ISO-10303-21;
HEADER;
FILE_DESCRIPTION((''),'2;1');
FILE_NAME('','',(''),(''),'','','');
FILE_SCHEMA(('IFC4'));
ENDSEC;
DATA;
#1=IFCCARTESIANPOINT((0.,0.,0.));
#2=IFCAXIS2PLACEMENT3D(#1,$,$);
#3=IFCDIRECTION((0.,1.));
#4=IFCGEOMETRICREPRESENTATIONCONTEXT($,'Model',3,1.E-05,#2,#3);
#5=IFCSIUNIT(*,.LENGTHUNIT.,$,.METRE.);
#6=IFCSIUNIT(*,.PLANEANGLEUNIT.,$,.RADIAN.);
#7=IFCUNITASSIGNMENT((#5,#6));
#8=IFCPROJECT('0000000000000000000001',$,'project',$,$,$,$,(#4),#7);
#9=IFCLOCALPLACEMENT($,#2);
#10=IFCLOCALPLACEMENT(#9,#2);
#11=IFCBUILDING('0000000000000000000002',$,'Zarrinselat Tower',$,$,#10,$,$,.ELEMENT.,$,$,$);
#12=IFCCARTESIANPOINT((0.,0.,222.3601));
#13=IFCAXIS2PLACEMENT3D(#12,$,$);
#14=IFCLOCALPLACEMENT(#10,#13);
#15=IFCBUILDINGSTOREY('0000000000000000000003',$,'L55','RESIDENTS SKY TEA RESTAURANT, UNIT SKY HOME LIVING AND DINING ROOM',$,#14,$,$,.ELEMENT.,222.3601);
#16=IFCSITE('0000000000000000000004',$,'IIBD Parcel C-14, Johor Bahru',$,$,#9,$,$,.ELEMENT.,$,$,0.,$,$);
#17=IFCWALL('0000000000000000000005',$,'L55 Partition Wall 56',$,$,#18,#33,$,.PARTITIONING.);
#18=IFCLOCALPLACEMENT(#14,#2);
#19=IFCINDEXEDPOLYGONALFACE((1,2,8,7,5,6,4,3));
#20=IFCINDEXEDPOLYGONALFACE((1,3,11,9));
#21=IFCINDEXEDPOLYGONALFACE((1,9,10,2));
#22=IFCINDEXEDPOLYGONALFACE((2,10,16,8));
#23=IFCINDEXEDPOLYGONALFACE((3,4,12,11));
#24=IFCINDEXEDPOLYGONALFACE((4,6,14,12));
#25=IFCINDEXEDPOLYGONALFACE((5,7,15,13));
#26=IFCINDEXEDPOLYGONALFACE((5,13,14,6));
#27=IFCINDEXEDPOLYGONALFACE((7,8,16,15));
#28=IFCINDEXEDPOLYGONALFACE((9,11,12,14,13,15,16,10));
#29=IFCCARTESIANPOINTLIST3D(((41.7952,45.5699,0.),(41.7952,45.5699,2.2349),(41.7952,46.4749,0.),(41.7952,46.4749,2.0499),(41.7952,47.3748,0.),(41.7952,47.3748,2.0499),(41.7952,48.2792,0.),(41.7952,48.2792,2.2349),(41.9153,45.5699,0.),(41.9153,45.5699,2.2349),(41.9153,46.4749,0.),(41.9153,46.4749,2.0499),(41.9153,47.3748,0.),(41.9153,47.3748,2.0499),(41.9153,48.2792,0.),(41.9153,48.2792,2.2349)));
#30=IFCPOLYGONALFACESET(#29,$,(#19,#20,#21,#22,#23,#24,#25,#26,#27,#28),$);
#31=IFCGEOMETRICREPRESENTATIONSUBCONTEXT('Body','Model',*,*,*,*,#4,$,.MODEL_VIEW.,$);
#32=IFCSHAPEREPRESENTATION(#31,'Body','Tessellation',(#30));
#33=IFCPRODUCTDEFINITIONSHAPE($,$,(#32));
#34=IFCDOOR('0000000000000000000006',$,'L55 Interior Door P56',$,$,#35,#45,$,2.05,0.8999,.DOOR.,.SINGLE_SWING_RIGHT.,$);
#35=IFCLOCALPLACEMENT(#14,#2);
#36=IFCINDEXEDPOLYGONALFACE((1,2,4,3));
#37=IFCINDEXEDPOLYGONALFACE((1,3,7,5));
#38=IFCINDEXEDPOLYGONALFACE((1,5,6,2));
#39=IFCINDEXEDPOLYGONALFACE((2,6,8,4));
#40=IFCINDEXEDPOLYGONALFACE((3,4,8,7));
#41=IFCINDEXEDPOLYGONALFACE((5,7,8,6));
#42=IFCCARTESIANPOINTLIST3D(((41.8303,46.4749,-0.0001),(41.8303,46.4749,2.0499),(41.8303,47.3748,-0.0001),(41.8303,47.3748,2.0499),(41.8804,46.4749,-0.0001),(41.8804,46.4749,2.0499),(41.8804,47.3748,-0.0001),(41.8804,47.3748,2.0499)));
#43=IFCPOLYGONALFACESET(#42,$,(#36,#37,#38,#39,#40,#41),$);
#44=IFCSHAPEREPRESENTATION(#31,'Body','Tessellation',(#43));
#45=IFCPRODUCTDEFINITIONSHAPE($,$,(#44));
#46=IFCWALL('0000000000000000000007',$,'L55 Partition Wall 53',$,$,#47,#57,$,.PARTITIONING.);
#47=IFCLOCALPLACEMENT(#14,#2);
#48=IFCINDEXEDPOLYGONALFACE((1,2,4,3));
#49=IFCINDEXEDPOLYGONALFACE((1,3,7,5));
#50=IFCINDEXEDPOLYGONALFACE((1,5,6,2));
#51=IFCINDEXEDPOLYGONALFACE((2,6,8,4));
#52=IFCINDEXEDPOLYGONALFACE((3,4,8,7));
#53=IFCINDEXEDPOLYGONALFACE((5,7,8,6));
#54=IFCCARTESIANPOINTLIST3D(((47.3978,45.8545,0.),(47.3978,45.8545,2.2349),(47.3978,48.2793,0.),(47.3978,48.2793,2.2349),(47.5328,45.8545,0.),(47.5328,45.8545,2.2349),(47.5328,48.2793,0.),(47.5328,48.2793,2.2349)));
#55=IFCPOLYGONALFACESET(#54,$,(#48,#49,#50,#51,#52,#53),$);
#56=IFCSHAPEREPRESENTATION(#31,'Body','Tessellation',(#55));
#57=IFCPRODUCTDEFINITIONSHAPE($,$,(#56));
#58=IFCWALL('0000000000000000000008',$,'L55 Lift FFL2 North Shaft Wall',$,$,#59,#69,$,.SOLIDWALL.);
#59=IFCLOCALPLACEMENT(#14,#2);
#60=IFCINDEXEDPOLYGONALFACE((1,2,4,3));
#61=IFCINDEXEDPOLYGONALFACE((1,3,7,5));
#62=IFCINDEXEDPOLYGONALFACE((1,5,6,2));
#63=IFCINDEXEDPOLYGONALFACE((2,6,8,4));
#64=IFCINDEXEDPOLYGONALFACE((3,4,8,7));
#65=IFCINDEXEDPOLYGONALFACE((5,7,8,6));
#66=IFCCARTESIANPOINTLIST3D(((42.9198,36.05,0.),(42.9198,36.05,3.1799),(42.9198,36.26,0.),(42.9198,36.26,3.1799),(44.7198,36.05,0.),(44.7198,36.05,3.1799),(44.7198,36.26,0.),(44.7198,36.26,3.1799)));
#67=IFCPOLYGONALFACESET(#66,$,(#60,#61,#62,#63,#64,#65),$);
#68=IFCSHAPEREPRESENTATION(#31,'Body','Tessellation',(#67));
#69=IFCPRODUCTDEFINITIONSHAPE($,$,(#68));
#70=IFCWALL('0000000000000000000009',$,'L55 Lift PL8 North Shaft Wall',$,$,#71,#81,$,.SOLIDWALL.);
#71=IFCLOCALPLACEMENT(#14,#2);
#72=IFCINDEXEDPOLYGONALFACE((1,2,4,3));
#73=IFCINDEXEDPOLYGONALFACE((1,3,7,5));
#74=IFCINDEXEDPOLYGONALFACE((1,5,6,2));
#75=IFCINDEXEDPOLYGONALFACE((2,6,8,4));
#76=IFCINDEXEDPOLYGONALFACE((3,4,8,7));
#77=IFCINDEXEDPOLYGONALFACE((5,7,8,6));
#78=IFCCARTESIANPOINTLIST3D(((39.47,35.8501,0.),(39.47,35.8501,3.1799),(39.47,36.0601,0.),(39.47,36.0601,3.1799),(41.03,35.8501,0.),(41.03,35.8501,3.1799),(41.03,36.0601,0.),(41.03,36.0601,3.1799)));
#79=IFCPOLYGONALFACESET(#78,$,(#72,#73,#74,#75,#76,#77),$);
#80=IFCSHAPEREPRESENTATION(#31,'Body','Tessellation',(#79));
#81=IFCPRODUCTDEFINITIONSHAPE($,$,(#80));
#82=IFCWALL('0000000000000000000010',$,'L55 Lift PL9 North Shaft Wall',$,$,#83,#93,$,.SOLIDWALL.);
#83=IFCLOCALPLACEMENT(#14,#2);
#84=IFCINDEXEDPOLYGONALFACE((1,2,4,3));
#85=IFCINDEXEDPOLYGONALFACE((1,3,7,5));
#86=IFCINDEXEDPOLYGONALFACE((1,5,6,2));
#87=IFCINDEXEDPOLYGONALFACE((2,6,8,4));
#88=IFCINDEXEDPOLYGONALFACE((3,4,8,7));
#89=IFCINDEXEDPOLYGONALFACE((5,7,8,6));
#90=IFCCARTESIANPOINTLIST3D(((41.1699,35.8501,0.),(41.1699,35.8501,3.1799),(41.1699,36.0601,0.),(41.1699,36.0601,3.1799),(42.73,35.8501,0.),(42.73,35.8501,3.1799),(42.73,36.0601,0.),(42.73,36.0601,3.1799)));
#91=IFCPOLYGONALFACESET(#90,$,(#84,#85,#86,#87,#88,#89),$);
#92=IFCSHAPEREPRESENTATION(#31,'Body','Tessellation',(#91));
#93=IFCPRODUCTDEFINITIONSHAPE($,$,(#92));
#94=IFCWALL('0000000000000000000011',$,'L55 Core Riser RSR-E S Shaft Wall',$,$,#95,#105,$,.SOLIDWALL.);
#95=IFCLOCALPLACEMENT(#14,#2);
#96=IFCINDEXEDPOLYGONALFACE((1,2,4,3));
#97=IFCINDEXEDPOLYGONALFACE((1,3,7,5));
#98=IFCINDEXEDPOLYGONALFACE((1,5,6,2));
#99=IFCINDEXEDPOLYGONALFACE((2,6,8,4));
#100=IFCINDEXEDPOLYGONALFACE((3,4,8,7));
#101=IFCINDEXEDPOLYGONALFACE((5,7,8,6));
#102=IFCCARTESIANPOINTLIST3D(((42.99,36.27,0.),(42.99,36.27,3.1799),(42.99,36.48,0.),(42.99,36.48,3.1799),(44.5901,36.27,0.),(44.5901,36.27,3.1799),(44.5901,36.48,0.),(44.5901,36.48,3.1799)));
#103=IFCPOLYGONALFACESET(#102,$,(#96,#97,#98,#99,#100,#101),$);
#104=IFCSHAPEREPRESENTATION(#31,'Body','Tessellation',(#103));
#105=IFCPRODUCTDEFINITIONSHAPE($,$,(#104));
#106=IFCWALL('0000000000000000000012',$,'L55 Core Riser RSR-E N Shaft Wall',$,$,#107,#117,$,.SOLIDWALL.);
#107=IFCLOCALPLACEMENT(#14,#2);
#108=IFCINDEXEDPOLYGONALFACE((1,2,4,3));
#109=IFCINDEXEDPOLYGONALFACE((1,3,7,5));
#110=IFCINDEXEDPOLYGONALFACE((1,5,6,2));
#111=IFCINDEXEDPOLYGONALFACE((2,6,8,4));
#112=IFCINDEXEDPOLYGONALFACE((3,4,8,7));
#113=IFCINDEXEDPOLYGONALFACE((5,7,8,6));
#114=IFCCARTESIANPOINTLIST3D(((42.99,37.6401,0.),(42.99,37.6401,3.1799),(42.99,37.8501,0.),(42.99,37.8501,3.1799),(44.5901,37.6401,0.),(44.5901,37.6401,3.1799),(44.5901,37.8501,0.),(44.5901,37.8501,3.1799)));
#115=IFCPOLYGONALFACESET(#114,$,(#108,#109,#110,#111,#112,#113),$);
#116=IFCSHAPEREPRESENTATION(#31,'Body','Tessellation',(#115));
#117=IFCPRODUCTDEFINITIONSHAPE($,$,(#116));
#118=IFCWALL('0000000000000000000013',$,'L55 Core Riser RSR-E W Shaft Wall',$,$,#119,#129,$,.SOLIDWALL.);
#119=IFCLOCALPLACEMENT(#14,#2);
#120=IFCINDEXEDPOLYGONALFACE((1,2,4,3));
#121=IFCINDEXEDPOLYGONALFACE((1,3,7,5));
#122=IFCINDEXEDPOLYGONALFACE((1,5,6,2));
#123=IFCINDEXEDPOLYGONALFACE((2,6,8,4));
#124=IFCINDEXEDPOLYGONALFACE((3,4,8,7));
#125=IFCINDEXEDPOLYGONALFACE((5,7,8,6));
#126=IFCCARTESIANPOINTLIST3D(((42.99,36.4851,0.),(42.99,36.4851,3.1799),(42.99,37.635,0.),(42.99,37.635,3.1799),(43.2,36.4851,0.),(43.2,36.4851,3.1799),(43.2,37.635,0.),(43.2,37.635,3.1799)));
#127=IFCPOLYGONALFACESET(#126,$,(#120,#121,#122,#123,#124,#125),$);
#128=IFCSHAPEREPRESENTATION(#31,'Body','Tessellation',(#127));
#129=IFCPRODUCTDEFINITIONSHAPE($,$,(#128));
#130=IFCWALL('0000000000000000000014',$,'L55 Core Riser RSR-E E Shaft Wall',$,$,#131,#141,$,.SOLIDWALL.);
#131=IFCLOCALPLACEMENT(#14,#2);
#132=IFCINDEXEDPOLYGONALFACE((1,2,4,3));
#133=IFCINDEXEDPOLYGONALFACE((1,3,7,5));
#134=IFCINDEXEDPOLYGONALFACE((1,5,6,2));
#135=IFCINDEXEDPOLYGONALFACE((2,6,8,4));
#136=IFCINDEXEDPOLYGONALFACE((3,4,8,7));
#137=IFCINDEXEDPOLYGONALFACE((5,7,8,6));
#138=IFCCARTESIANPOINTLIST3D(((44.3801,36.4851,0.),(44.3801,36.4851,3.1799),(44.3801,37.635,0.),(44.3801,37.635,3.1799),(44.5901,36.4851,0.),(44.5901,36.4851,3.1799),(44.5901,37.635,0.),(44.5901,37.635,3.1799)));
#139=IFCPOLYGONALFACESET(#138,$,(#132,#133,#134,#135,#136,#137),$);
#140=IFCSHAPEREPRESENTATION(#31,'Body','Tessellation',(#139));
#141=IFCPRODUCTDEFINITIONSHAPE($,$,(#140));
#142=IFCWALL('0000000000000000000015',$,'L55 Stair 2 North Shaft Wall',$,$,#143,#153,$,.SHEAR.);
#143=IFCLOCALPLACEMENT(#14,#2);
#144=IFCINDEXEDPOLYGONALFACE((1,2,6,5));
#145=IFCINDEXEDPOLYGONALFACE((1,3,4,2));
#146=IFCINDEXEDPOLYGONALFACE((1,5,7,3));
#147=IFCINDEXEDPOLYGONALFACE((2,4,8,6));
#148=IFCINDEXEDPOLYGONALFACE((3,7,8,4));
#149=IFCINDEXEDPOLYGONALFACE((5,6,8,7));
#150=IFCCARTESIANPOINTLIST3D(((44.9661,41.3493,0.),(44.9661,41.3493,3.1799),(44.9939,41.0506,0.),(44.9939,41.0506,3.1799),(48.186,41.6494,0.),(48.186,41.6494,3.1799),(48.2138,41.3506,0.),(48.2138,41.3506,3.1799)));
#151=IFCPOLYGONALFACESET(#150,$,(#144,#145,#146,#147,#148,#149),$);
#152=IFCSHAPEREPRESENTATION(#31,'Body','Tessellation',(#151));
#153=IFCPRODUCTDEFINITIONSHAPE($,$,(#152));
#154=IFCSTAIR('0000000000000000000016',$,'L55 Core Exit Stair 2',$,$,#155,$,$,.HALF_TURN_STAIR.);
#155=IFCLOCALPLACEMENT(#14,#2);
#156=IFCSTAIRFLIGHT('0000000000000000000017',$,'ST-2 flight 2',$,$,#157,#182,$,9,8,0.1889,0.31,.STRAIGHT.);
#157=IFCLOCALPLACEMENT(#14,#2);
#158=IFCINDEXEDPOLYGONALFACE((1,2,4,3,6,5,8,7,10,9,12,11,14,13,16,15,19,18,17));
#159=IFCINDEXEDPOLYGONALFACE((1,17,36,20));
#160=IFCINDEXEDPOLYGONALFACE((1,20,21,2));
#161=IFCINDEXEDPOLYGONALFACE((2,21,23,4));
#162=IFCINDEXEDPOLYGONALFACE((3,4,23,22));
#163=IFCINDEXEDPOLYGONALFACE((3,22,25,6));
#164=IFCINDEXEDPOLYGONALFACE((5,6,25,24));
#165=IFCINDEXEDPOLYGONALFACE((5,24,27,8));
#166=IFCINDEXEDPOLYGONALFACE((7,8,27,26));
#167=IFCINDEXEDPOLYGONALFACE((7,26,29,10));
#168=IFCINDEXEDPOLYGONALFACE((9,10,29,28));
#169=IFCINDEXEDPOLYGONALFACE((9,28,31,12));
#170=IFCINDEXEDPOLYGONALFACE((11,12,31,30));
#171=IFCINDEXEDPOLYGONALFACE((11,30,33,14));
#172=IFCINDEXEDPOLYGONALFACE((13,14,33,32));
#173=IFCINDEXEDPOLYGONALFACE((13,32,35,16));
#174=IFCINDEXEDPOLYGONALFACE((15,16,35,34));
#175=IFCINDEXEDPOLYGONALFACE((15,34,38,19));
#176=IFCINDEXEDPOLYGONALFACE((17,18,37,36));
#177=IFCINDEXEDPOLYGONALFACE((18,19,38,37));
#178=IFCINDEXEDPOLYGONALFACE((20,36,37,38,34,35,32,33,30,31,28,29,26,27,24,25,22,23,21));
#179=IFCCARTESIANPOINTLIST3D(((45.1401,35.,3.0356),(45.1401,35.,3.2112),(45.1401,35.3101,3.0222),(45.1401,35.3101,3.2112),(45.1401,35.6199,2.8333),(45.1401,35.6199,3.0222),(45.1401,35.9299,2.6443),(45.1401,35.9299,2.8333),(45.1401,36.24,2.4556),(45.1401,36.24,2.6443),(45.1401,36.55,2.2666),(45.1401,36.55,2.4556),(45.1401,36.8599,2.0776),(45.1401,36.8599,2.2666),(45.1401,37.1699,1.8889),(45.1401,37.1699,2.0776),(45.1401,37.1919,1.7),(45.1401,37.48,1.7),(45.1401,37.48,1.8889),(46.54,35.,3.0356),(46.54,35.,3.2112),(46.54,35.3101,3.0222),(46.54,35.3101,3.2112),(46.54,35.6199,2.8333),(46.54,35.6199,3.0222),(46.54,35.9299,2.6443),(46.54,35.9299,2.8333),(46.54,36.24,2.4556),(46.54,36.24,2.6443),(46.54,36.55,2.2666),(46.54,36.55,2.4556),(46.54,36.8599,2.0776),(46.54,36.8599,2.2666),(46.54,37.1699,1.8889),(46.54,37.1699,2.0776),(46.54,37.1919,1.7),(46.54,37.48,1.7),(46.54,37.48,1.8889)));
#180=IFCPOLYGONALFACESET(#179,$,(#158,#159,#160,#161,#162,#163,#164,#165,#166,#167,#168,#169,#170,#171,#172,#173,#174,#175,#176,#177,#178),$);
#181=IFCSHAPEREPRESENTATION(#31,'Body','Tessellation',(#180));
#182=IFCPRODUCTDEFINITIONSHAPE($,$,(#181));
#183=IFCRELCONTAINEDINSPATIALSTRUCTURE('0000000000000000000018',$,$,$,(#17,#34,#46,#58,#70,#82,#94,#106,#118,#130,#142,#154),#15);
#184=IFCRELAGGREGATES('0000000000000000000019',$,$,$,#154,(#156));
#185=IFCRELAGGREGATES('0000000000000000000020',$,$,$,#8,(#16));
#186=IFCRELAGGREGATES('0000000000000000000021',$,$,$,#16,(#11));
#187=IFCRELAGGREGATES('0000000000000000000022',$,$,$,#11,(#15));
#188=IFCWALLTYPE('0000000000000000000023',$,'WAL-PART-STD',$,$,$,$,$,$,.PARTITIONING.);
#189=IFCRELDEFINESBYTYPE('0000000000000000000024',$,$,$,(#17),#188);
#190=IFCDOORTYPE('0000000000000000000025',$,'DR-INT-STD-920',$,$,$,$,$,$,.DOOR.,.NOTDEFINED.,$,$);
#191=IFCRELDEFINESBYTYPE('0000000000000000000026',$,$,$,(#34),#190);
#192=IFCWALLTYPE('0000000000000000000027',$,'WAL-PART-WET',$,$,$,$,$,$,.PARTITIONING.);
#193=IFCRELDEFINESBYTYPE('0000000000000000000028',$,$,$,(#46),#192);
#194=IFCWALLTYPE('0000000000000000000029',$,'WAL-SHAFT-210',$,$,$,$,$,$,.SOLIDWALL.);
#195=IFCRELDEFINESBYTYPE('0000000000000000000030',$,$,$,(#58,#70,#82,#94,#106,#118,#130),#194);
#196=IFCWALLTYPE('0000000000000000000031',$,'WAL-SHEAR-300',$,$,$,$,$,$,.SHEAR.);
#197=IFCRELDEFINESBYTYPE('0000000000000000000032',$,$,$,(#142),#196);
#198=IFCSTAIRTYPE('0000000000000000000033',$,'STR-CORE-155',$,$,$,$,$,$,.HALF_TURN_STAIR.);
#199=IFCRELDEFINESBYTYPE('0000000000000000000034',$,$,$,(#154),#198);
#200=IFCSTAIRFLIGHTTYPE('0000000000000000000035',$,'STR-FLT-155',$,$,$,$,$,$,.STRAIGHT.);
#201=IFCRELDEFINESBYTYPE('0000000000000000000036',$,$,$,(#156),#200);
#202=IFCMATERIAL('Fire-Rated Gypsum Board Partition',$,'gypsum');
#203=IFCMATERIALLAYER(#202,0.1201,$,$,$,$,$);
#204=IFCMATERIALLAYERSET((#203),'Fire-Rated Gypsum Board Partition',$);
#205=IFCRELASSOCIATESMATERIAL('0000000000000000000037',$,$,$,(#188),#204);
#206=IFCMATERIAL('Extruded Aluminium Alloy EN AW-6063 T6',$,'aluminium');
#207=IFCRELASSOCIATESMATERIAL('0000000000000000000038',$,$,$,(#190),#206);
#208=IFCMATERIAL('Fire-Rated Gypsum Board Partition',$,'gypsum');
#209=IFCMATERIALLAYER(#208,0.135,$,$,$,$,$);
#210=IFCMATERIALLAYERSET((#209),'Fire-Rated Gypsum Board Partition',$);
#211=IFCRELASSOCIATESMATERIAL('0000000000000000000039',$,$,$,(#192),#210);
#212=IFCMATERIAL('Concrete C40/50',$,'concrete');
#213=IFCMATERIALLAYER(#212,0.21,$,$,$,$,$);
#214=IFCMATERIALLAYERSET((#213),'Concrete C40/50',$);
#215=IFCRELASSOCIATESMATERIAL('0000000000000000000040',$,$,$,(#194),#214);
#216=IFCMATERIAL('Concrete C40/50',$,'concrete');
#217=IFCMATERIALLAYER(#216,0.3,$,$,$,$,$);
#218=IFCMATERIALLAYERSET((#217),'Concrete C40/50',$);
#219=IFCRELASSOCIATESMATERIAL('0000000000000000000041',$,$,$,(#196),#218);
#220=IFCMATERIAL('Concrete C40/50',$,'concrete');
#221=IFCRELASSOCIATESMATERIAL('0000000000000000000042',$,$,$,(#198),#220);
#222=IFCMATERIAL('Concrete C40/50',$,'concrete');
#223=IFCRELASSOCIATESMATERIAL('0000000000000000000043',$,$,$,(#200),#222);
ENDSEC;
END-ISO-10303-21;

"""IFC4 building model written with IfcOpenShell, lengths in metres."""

from ifc_helpers import new_model, si_unit, direction, frame, frame_2d, origin, place, context, subcontext, project, spatial, polyline, rectangle, outline, extrude, material, layer, layer_set, type_object, element, fill, aggregate, save


model = new_model("IFC4")

# Units and contexts
model_context = context("Model", 3, precision=1e-05, world=origin(), true_north=direction((0.0, 1.0)))
body_context = subcontext(model_context, "Body", "Model", "MODEL_VIEW")
ifc_project = project(units=[si_unit("LENGTHUNIT", "METRE"), si_unit("PLANEANGLEUNIT", "RADIAN")], contexts=[model_context])

# Site, building, storey
site_placement = place(None, origin())
site = spatial("IfcSite", under=ifc_project, at=site_placement, Name="IIBD Parcel C-14, Johor Bahru", CompositionType="ELEMENT", RefElevation=0.0)
building_placement = place(site_placement, origin())
building = spatial("IfcBuilding", under=site, at=building_placement, Name="Zarrinselat Tower", CompositionType="ELEMENT")
storey_placement = place(building_placement, frame((0.0, 0.0, 222.3601)))
storey = spatial("IfcBuildingStorey", under=building, at=storey_placement, Name="L55", Description="RESIDENTS SKY TEA RESTAURANT, UNIT SKY HOME LIVING AND DINING ROOM", CompositionType="ELEMENT", Elevation=222.3601)

# Wall, opening, door
ifc_material_1 = material(Name="Fire-Rated Gypsum Board Partition", Category="gypsum")
ifc_layer_1 = layer(ifc_material_1, 0.1201)
ifc_layer_set_1 = layer_set([ifc_layer_1], Name="Fire-Rated Gypsum Board Partition")
wall_type_1 = type_object("IfcWallType", Name="WAL-PART-STD", PredefinedType="PARTITIONING", material=ifc_layer_set_1)
wall_1_placement = place(storey_placement, frame((41.8552, 45.5701, 0.0), z_axis=(0.0, 0.0, 1.0), x_axis=(0.0, 1.0, 0.0)))
wall_1 = element("IfcWall", 1, at=wall_1_placement, inside=storey, type_object=wall_type_1, Name="L55 Partition Wall 56", PredefinedType="PARTITIONING", context=body_context, shape_type="SweptSolid", body=[
    extrude(rectangle(XDim=2.7092, YDim=0.1201, at=frame_2d((1.3545, 0.0))), origin(), (0.0, 0.0, 1.0), 2.2349),
])
opening_1_placement = place(wall_1_placement, frame((0.9048, 0.0, 0.0)))
opening_1 = element("IfcOpeningElement", 2, at=opening_1_placement, cuts=wall_1, PredefinedType="OPENING", context=body_context, shape_type="SweptSolid", body=[
    extrude(rectangle(XDim=0.8999, YDim=2.05, at=frame_2d((0.45, 1.0249))), frame((0.0, 0.0701, 0.0), z_axis=(0.0, -1.0, 0.0), x_axis=(1.0, 0.0, 0.0)), (0.0, 0.0, 1.0), 0.1401),
])
ifc_material_2 = material(Name="Extruded Aluminium Alloy EN AW-6063 T6", Category="aluminium")
door_type_1 = type_object("IfcDoorType", Name="DR-INT-STD-920", OperationType="NOTDEFINED", PredefinedType="DOOR", material=ifc_material_2)
door_1_placement = place(opening_1_placement, origin())
door_1 = element("IfcDoor", 3, at=door_1_placement, inside=storey, type_object=door_type_1, Name="L55 Interior Door P56", OperationType="SINGLE_SWING_RIGHT", OverallHeight=2.05, OverallWidth=0.8999, PredefinedType="DOOR", context=body_context, shape_type="SweptSolid", body=[
    extrude(rectangle(XDim=0.8999, YDim=2.05, at=frame_2d((0.45, 1.0249))), frame((0.0, 0.0249, 0.0), z_axis=(0.0, -1.0, 0.0), x_axis=(1.0, 0.0, 0.0)), (0.0, 0.0, 1.0), 0.05),
])
fill(opening_1, door_1)

# Walls
ifc_material_3 = material(Name="Fire-Rated Gypsum Board Partition", Category="gypsum")
ifc_layer_2 = layer(ifc_material_3, 0.135)
ifc_layer_set_2 = layer_set([ifc_layer_2], Name="Fire-Rated Gypsum Board Partition")
wall_type_2 = type_object("IfcWallType", Name="WAL-PART-WET", PredefinedType="PARTITIONING", material=ifc_layer_set_2)
wall_2_placement = place(storey_placement, frame((47.4653, 45.8545, 0.0), z_axis=(0.0, 0.0, 1.0), x_axis=(0.0, 1.0, 0.0)))
element("IfcWall", 4, at=wall_2_placement, inside=storey, type_object=wall_type_2, Name="L55 Partition Wall 53", PredefinedType="PARTITIONING", context=body_context, shape_type="SweptSolid", body=[
    extrude(rectangle(XDim=2.4248, YDim=0.135, at=frame_2d((1.2124, 0.0))), origin(), (0.0, 0.0, 1.0), 2.2349),
])
ifc_material_4 = material(Name="Concrete C40/50", Category="concrete")
ifc_layer_3 = layer(ifc_material_4, 0.21)
ifc_layer_set_3 = layer_set([ifc_layer_3], Name="Concrete C40/50")
wall_type_3 = type_object("IfcWallType", Name="WAL-SHAFT-210", PredefinedType="SOLIDWALL", material=ifc_layer_set_3)
wall_3_placement = place(storey_placement, frame((42.9199, 36.155, 0.0), z_axis=(0.0, 0.0, 1.0), x_axis=(1.0, 0.0, 0.0)))
element("IfcWall", 5, at=wall_3_placement, inside=storey, type_object=wall_type_3, Name="L55 Lift FFL2 North Shaft Wall", PredefinedType="SOLIDWALL", context=body_context, shape_type="SweptSolid", body=[
    extrude(rectangle(XDim=1.8, YDim=0.21, at=frame_2d((0.8999, 0.0))), origin(), (0.0, 0.0, 1.0), 3.1799),
])
for number, where, z_axis, x_axis, name in (
    (6, (39.47, 35.9551, 0.0), (0.0, 0.0, 1.0), (1.0, 0.0, 0.0), "L55 Lift PL8 North Shaft Wall"),
    (7, (41.1699, 35.9551, 0.0), (0.0, 0.0, 1.0), (1.0, 0.0, 0.0), "L55 Lift PL9 North Shaft Wall"),
):
    element("IfcWall", number, at=place(storey_placement, frame(where, z_axis=z_axis, x_axis=x_axis)), inside=storey, type_object=wall_type_3, Name=name, PredefinedType="SOLIDWALL", context=body_context, shape_type="SweptSolid", body=[
        extrude(rectangle(XDim=1.5601, YDim=0.21, at=frame_2d((0.78, 0.0))), origin(), (0.0, 0.0, 1.0), 3.1799),
    ])
for number, where, z_axis, x_axis, name in (
    (8, (42.99, 36.375, 0.0), (0.0, 0.0, 1.0), (1.0, 0.0, 0.0), "L55 Core Riser RSR-E S Shaft Wall"),
    (9, (42.99, 37.7451, 0.0), (0.0, 0.0, 1.0), (1.0, 0.0, 0.0), "L55 Core Riser RSR-E N Shaft Wall"),
):
    element("IfcWall", number, at=place(storey_placement, frame(where, z_axis=z_axis, x_axis=x_axis)), inside=storey, type_object=wall_type_3, Name=name, PredefinedType="SOLIDWALL", context=body_context, shape_type="SweptSolid", body=[
        extrude(rectangle(XDim=1.6001, YDim=0.21, at=frame_2d((0.8, 0.0))), origin(), (0.0, 0.0, 1.0), 3.1799),
    ])
for number, where, z_axis, x_axis, name in (
    (10, (43.095, 36.4851, 0.0), (0.0, 0.0, 1.0), (0.0, 1.0, 0.0), "L55 Core Riser RSR-E W Shaft Wall"),
    (11, (44.4851, 36.4851, 0.0), (0.0, 0.0, 1.0), (0.0, 1.0, 0.0), "L55 Core Riser RSR-E E Shaft Wall"),
):
    element("IfcWall", number, at=place(storey_placement, frame(where, z_axis=z_axis, x_axis=x_axis)), inside=storey, type_object=wall_type_3, Name=name, PredefinedType="SOLIDWALL", context=body_context, shape_type="SweptSolid", body=[
        extrude(rectangle(XDim=1.1499, YDim=0.21, at=frame_2d((0.575, 0.0))), origin(), (0.0, 0.0, 1.0), 3.1799),
    ])
ifc_material_5 = material(Name="Concrete C40/50", Category="concrete")
ifc_layer_4 = layer(ifc_material_5, 0.3)
ifc_layer_set_4 = layer_set([ifc_layer_4], Name="Concrete C40/50")
wall_type_4 = type_object("IfcWallType", Name="WAL-SHEAR-300", PredefinedType="SHEAR", material=ifc_layer_set_4)
wall_4_placement = place(storey_placement, frame((44.98, 41.2, 0.0), z_axis=(0.0, 0.0, 1.0), x_axis=(0.995686, 0.092782, 0.0)))
element("IfcWall", 12, at=wall_4_placement, inside=storey, type_object=wall_type_4, Name="L55 Stair 2 North Shaft Wall", PredefinedType="SHEAR", context=body_context, shape_type="SweptSolid", body=[
    extrude(rectangle(XDim=3.2339, YDim=0.3, at=frame_2d((1.6169, 0.0))), origin(), (0.0, 0.0, 1.0), 3.1799),
])

# Stair, stair flight
ifc_material_6 = material(Name="Concrete C40/50", Category="concrete")
stair_type = type_object("IfcStairType", Name="STR-CORE-155", PredefinedType="HALF_TURN_STAIR", material=ifc_material_6)
stair_placement = place(storey_placement, origin())
stair = element("IfcStair", 13, at=stair_placement, inside=storey, type_object=stair_type, Name="L55 Core Exit Stair 2", PredefinedType="HALF_TURN_STAIR")
ifc_material_7 = material(Name="Concrete C40/50", Category="concrete")
stair_flight_type = type_object("IfcStairFlightType", Name="STR-FLT-155", PredefinedType="STRAIGHT", material=ifc_material_7)
stair_flight_placement = place(storey_placement, frame((45.8401, 37.48, 1.7), z_axis=(0.0, 0.0, 1.0), x_axis=(0.0, -1.0, 0.0)))
stair_flight = element("IfcStairFlight", 14, at=stair_flight_placement, type_object=stair_flight_type, Name="ST-2 flight 2", NumberOfRisers=9, NumberOfTreads=8, PredefinedType="STRAIGHT", RiserHeight=0.1889, TreadLength=0.31, context=body_context, shape_type="SweptSolid", body=[
    extrude(outline(polyline([(0.0, 0.0), (0.0, 0.189), (0.3101, 0.189), (0.3101, 0.3777), (0.6201, 0.3777), (0.6201, 0.5667), (0.9299, 0.5667), (0.9299, 0.7556), (1.24, 0.7556), (1.24, 0.9443), (1.55, 0.9443), (1.55, 1.1333), (1.8601, 1.1333), (1.8601, 1.3223), (2.1699, 1.3223), (2.1699, 1.5112), (2.48, 1.5112), (2.48, 1.7), (2.48, 1.3357), (0.2881, 0.0), (0.0, 0.0)])), frame((0.0, 0.7, 0.0), z_axis=(0.0, -1.0, 0.0), x_axis=(1.0, 0.0, 0.0)), (0.0, 0.0, 1.0), 1.3999),
])
aggregate(stair, [stair_flight])

save(model, "model.ifc")
